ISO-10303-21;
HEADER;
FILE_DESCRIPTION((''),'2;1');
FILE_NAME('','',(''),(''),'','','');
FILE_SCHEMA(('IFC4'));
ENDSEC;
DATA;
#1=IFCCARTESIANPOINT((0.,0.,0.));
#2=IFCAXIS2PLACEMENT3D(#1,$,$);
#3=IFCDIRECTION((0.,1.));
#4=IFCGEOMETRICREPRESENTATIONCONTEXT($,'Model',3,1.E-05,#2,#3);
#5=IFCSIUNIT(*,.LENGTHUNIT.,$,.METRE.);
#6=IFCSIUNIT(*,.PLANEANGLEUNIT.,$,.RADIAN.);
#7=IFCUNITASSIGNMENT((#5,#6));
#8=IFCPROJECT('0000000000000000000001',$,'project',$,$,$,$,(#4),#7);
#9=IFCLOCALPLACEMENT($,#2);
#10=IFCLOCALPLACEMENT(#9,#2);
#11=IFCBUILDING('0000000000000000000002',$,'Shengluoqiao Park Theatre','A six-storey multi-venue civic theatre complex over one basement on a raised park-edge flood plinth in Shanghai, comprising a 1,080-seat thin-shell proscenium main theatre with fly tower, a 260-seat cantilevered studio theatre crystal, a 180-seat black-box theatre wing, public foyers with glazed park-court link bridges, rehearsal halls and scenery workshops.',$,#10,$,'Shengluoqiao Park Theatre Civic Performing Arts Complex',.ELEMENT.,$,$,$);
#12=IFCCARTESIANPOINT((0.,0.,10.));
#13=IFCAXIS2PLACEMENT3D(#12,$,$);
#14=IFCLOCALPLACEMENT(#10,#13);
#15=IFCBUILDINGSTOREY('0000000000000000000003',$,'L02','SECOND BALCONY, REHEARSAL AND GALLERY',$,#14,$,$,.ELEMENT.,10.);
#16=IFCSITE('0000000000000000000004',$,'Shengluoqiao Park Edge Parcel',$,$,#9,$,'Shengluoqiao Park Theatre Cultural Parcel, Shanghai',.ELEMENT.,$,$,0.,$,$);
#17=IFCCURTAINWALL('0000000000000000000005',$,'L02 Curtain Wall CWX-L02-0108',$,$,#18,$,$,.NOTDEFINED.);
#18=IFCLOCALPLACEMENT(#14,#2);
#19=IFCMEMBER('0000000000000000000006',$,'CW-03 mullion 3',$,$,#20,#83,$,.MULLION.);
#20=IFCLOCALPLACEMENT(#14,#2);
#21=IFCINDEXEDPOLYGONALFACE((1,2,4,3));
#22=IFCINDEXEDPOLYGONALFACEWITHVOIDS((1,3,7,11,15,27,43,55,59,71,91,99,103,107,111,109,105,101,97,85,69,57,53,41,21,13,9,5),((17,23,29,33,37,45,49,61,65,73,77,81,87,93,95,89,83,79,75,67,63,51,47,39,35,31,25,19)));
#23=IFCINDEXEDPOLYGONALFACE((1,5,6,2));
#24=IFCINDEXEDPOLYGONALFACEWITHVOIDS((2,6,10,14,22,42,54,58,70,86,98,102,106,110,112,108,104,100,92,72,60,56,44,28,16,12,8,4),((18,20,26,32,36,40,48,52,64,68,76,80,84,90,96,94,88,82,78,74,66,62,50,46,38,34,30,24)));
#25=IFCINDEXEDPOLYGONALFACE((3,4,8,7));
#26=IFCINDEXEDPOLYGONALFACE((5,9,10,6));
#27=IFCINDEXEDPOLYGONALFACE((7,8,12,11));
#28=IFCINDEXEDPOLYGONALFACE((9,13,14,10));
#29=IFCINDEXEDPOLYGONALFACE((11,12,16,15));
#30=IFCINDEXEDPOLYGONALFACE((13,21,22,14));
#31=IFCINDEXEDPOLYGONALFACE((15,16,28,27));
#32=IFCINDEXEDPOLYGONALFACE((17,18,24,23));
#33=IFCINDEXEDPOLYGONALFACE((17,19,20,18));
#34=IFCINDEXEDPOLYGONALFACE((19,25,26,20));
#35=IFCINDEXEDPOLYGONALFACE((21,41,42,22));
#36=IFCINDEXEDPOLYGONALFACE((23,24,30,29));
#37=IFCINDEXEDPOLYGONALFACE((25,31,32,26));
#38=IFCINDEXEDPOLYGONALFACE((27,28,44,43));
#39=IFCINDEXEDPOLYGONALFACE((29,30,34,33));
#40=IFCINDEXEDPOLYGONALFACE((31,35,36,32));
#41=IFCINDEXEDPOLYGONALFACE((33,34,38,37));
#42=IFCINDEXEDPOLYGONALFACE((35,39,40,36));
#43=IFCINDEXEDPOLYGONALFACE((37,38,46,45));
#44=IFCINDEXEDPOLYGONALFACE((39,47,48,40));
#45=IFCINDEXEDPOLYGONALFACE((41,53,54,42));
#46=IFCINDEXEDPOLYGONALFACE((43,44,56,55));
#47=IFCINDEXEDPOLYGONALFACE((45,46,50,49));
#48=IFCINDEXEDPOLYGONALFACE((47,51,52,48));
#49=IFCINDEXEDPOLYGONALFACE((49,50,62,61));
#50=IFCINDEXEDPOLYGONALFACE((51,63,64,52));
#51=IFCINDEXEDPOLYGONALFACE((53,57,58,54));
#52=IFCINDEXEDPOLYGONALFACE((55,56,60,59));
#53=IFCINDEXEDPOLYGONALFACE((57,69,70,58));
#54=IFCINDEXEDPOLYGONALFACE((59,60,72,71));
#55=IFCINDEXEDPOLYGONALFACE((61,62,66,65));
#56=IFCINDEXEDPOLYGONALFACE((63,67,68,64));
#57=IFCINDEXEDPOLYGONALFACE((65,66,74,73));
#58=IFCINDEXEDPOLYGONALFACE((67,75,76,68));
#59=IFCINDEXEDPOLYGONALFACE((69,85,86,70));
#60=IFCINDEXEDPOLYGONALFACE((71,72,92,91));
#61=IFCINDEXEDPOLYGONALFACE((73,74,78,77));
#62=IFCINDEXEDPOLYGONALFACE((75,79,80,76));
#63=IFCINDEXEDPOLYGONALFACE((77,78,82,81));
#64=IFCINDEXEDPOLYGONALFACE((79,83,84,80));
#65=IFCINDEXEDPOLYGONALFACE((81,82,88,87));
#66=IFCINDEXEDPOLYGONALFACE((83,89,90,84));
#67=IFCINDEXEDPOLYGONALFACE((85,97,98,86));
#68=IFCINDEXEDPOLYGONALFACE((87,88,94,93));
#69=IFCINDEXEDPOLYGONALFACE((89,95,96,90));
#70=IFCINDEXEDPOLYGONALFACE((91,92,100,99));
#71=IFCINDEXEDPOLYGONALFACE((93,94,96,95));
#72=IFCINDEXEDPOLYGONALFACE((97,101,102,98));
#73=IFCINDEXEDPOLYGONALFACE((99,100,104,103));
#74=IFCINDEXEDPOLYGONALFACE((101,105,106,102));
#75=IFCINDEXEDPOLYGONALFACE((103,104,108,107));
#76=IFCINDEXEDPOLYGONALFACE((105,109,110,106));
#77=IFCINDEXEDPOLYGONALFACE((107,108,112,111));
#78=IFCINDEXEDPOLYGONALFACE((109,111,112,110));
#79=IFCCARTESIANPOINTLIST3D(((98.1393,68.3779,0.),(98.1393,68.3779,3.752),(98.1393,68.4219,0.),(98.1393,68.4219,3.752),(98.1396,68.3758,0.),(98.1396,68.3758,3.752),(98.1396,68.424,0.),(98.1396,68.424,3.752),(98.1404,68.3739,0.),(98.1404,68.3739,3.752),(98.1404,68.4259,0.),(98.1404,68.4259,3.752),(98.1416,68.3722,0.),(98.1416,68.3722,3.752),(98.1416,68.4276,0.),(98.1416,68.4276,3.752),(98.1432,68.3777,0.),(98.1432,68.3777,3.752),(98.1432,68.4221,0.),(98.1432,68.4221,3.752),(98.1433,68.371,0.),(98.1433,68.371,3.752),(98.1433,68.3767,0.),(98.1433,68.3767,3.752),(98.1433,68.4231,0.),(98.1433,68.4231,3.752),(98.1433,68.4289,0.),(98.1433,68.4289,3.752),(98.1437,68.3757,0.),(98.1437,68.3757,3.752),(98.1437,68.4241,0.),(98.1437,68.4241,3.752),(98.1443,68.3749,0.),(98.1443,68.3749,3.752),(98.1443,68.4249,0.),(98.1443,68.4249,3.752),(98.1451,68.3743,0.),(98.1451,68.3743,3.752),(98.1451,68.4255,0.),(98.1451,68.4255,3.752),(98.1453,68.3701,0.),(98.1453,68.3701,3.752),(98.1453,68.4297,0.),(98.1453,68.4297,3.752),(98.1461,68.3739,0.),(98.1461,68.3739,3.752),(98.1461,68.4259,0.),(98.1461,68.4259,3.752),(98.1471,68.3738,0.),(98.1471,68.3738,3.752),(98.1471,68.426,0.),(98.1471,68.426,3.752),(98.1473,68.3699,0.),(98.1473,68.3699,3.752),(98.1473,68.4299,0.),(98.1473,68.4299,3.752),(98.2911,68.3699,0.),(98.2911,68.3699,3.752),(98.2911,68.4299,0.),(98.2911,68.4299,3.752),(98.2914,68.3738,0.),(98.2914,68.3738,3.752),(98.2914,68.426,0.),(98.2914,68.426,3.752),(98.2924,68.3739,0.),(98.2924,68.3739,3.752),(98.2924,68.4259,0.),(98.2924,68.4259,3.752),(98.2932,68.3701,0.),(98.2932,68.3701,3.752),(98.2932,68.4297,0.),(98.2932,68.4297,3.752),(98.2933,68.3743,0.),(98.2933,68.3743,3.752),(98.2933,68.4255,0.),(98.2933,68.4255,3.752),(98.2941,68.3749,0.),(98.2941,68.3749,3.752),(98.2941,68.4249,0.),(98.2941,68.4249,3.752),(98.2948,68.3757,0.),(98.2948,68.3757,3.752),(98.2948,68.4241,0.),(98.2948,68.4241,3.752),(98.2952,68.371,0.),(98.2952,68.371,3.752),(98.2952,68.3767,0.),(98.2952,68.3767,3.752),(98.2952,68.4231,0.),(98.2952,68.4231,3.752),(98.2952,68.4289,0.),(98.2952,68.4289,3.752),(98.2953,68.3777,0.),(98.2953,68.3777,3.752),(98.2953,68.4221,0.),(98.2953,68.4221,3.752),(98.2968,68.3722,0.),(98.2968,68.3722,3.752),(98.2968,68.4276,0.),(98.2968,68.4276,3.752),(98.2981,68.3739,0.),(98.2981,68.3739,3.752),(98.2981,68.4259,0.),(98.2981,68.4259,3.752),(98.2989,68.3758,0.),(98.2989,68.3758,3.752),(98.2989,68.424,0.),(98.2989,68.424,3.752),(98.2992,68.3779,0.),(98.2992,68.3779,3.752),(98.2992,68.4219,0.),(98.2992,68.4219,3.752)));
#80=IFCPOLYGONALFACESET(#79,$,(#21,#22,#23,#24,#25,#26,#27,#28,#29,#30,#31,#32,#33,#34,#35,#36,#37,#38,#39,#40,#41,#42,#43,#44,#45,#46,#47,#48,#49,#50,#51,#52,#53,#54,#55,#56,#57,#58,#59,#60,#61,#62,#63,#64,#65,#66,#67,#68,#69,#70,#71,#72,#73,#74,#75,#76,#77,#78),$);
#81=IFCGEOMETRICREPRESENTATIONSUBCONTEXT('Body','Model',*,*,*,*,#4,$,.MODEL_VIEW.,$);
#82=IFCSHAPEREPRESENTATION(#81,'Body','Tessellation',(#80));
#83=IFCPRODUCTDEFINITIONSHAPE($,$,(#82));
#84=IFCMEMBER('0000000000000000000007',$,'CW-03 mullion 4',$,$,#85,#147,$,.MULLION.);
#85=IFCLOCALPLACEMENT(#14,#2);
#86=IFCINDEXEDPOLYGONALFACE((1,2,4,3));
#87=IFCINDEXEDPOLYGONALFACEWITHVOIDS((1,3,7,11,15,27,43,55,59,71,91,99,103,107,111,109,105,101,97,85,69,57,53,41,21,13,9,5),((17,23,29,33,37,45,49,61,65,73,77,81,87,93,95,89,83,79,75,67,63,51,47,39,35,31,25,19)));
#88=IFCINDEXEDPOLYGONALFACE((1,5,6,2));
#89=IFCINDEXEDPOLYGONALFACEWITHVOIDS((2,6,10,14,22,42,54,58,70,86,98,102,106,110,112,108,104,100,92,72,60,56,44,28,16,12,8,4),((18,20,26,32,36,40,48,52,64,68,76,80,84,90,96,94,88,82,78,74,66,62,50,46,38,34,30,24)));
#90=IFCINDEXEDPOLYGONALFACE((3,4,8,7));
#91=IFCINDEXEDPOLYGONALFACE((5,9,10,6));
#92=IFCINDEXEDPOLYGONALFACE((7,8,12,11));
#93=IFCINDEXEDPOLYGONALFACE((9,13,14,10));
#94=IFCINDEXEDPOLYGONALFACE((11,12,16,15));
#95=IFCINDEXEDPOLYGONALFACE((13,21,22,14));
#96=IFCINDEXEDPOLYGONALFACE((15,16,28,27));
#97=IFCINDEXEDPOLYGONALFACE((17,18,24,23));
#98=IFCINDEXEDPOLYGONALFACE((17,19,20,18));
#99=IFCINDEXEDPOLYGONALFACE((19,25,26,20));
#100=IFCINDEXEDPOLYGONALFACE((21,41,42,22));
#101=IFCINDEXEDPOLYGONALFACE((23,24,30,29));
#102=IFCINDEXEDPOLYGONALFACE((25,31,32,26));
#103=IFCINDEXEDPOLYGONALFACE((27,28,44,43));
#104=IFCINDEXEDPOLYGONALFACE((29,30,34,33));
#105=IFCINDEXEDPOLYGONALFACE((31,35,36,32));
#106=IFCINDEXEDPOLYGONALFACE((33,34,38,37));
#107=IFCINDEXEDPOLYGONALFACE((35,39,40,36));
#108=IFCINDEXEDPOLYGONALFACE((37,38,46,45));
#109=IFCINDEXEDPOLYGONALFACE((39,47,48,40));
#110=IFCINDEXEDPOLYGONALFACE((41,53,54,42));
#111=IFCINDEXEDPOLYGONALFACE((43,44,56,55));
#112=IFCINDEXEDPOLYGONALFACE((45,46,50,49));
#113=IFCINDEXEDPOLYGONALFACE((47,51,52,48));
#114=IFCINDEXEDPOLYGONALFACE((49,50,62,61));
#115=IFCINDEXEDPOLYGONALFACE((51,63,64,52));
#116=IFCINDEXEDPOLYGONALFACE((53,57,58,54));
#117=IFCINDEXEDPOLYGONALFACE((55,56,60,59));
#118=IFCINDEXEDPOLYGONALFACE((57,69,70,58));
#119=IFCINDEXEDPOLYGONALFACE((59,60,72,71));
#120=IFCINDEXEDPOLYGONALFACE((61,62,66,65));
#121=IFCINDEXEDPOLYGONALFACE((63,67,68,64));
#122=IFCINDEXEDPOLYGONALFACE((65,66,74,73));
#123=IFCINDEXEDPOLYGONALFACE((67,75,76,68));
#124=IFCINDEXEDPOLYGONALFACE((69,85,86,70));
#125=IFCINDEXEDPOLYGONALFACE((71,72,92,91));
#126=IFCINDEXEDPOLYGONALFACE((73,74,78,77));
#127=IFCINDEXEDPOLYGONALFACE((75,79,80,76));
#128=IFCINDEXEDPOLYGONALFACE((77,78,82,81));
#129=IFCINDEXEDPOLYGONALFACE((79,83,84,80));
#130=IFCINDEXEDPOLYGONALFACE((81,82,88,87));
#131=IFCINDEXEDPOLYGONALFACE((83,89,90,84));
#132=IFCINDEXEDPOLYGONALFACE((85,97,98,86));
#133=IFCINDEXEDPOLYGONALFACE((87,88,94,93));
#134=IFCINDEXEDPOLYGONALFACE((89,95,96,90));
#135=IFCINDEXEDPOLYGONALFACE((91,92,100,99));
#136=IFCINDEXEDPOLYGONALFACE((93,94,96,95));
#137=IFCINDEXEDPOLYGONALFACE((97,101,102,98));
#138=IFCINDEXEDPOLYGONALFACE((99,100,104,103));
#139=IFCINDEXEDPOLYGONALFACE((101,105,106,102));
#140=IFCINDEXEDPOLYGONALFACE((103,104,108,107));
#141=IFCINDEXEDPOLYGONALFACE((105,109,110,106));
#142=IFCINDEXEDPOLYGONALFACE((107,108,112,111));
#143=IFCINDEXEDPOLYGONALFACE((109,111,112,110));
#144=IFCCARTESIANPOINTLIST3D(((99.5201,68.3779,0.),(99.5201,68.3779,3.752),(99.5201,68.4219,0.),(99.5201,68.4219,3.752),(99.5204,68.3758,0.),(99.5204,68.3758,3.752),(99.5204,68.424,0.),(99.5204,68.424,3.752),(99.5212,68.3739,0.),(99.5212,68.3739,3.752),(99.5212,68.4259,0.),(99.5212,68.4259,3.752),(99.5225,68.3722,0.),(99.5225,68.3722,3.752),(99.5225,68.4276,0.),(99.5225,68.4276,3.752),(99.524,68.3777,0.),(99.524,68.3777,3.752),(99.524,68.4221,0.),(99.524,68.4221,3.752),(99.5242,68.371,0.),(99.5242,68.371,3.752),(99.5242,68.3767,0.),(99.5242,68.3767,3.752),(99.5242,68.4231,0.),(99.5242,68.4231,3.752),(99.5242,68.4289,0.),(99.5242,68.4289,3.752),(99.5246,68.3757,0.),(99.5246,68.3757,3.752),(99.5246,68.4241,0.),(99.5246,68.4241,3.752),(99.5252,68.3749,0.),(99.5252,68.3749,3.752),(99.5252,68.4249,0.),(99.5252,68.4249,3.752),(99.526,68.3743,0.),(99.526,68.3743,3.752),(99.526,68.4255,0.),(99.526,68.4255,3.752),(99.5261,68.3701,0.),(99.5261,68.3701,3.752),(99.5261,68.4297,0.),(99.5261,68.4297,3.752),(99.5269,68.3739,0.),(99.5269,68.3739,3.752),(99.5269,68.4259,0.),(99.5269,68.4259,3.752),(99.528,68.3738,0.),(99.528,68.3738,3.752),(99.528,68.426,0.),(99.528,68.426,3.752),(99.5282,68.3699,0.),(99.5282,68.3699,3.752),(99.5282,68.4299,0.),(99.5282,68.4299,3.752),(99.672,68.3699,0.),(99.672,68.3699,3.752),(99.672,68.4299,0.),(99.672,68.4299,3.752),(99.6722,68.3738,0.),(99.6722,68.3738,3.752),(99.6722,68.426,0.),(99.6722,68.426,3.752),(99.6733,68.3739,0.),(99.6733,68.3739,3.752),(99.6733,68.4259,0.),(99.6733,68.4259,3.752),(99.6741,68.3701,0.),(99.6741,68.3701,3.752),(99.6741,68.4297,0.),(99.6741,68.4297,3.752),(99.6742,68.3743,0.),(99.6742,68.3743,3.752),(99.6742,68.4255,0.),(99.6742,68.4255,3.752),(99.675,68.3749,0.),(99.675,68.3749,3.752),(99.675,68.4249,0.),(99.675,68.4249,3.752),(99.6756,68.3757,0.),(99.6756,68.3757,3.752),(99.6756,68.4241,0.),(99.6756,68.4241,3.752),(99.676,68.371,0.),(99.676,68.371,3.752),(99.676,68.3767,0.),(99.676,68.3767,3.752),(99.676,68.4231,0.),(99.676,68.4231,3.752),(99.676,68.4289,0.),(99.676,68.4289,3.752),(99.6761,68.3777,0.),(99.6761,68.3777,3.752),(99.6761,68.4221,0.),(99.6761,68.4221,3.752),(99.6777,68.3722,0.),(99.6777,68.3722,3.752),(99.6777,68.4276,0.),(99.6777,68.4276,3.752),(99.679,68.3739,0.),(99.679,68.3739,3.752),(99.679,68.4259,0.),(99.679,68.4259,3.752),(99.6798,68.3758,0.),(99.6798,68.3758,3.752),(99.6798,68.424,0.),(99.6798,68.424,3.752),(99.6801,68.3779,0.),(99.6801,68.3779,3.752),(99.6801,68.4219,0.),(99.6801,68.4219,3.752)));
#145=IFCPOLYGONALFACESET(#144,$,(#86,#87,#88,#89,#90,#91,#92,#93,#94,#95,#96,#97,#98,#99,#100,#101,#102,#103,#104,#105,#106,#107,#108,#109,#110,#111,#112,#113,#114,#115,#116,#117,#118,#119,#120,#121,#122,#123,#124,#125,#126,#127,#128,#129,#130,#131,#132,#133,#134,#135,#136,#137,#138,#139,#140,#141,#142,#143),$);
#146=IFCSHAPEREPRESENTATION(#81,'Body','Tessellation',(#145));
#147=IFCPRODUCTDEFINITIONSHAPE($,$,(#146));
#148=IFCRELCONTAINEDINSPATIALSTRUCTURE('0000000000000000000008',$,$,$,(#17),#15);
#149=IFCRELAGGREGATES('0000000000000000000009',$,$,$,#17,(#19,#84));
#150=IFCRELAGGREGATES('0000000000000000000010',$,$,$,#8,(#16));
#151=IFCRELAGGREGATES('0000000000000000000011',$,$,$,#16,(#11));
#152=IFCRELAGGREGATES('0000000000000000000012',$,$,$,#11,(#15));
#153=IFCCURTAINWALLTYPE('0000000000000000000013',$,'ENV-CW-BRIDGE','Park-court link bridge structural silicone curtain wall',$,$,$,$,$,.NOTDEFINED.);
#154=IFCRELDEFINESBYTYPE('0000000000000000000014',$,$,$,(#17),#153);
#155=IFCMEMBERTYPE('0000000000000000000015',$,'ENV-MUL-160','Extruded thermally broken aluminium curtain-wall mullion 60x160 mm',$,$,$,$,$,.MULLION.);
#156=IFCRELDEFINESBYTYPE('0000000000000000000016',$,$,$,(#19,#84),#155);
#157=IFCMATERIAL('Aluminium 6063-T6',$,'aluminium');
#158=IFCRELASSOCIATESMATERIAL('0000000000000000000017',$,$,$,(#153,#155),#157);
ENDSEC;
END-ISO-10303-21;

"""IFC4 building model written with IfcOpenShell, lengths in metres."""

from ifc_helpers import new_model, si_unit, direction, frame, origin, origin_2d, place, context, subcontext, project, spatial, hollow_rectangle, extrude, material, material_profile, profile_set, type_object, element, aggregate, save


model = new_model("IFC4")

# Units and contexts
model_context = context("Model", 3, precision=1e-05, world=origin(), true_north=direction((0.0, 1.0)))
body_context = subcontext(model_context, "Body", "Model", "MODEL_VIEW")
ifc_project = project(units=[si_unit("LENGTHUNIT", "METRE"), si_unit("PLANEANGLEUNIT", "RADIAN")], contexts=[model_context])

# Site, building, storey
site_placement = place(None, origin())
site = spatial("IfcSite", under=ifc_project, at=site_placement, Name="Shengluoqiao Park Edge Parcel", LongName="Shengluoqiao Park Theatre Cultural Parcel, Shanghai", CompositionType="ELEMENT", RefElevation=0.0)
building_placement = place(site_placement, origin())
building = spatial("IfcBuilding", under=site, at=building_placement, Name="Shengluoqiao Park Theatre", Description="A six-storey multi-venue civic theatre complex over one basement on a raised park-edge flood plinth in Shanghai, comprising a 1,080-seat thin-shell proscenium main theatre with fly tower, a 260-seat cantilevered studio theatre crystal, a 180-seat black-box theatre wing, public foyers with glazed park-court link bridges, rehearsal halls and scenery workshops.", LongName="Shengluoqiao Park Theatre Civic Performing Arts Complex", CompositionType="ELEMENT")
storey_placement = place(building_placement, frame((0.0, 0.0, 10.0)))
storey = spatial("IfcBuildingStorey", under=building, at=storey_placement, Name="L02", Description="SECOND BALCONY, REHEARSAL AND GALLERY", CompositionType="ELEMENT", Elevation=10.0)

# Curtain wall, members
ifc_material_1 = material(Name="Aluminium 6063-T6", Category="aluminium")
curtain_wall_type = type_object("IfcCurtainWallType", Name="ENV-CW-BRIDGE", Description="Park-court link bridge structural silicone curtain wall", PredefinedType="NOTDEFINED", material=ifc_material_1)
curtain_wall_placement = place(storey_placement, origin())
curtain_wall = element("IfcCurtainWall", 1, at=curtain_wall_placement, inside=storey, type_object=curtain_wall_type, Name="L02 Curtain Wall CWX-L02-0108", PredefinedType="NOTDEFINED")
ifc_material_profile_1 = material_profile(ifc_material_1, hollow_rectangle(XDim=0.0601, YDim=0.1599, WallThickness=0.0039, InnerFilletRadius=0.0039, OuterFilletRadius=0.0081, at=origin_2d()), Name="ALU MULLION 160x60x4")
ifc_profile_set_1 = profile_set([ifc_material_profile_1], Name="Aluminium 6063-T6")
member_type_1 = type_object("IfcMemberType", Name="ENV-MUL-160", Description="Extruded thermally broken aluminium curtain-wall mullion 60x160 mm", PredefinedType="MULLION", material=ifc_profile_set_1)
member_1_placement = place(storey_placement, frame((98.2192, 68.3999, 0.0), z_axis=(0.0, 0.0, 1.0), x_axis=(0.0, 1.0, 0.0)))
member_1 = element("IfcMember", 2, at=member_1_placement, type_object=member_type_1, Name="CW-03 mullion 3", PredefinedType="MULLION", context=body_context, shape_type="SweptSolid", body=[
    extrude(hollow_rectangle(XDim=0.0601, YDim=0.1599, WallThickness=0.0039, InnerFilletRadius=0.0039, OuterFilletRadius=0.0081, at=origin_2d()), origin(), (0.0, 0.0, 1.0), 3.752),
])
member_2_placement = place(storey_placement, frame((99.6001, 68.3999, 0.0), z_axis=(0.0, 0.0, 1.0), x_axis=(0.0, 1.0, 0.0)))
member_2 = element("IfcMember", 3, at=member_2_placement, type_object=member_type_1, Name="CW-03 mullion 4", PredefinedType="MULLION", context=body_context, shape_type="SweptSolid", body=[
    extrude(hollow_rectangle(XDim=0.0601, YDim=0.1599, WallThickness=0.0039, InnerFilletRadius=0.0039, OuterFilletRadius=0.0081, at=origin_2d()), origin(), (0.0, 0.0, 1.0), 3.752),
])

aggregate(curtain_wall, [member_1, member_2])

save(model, "model.ifc")
